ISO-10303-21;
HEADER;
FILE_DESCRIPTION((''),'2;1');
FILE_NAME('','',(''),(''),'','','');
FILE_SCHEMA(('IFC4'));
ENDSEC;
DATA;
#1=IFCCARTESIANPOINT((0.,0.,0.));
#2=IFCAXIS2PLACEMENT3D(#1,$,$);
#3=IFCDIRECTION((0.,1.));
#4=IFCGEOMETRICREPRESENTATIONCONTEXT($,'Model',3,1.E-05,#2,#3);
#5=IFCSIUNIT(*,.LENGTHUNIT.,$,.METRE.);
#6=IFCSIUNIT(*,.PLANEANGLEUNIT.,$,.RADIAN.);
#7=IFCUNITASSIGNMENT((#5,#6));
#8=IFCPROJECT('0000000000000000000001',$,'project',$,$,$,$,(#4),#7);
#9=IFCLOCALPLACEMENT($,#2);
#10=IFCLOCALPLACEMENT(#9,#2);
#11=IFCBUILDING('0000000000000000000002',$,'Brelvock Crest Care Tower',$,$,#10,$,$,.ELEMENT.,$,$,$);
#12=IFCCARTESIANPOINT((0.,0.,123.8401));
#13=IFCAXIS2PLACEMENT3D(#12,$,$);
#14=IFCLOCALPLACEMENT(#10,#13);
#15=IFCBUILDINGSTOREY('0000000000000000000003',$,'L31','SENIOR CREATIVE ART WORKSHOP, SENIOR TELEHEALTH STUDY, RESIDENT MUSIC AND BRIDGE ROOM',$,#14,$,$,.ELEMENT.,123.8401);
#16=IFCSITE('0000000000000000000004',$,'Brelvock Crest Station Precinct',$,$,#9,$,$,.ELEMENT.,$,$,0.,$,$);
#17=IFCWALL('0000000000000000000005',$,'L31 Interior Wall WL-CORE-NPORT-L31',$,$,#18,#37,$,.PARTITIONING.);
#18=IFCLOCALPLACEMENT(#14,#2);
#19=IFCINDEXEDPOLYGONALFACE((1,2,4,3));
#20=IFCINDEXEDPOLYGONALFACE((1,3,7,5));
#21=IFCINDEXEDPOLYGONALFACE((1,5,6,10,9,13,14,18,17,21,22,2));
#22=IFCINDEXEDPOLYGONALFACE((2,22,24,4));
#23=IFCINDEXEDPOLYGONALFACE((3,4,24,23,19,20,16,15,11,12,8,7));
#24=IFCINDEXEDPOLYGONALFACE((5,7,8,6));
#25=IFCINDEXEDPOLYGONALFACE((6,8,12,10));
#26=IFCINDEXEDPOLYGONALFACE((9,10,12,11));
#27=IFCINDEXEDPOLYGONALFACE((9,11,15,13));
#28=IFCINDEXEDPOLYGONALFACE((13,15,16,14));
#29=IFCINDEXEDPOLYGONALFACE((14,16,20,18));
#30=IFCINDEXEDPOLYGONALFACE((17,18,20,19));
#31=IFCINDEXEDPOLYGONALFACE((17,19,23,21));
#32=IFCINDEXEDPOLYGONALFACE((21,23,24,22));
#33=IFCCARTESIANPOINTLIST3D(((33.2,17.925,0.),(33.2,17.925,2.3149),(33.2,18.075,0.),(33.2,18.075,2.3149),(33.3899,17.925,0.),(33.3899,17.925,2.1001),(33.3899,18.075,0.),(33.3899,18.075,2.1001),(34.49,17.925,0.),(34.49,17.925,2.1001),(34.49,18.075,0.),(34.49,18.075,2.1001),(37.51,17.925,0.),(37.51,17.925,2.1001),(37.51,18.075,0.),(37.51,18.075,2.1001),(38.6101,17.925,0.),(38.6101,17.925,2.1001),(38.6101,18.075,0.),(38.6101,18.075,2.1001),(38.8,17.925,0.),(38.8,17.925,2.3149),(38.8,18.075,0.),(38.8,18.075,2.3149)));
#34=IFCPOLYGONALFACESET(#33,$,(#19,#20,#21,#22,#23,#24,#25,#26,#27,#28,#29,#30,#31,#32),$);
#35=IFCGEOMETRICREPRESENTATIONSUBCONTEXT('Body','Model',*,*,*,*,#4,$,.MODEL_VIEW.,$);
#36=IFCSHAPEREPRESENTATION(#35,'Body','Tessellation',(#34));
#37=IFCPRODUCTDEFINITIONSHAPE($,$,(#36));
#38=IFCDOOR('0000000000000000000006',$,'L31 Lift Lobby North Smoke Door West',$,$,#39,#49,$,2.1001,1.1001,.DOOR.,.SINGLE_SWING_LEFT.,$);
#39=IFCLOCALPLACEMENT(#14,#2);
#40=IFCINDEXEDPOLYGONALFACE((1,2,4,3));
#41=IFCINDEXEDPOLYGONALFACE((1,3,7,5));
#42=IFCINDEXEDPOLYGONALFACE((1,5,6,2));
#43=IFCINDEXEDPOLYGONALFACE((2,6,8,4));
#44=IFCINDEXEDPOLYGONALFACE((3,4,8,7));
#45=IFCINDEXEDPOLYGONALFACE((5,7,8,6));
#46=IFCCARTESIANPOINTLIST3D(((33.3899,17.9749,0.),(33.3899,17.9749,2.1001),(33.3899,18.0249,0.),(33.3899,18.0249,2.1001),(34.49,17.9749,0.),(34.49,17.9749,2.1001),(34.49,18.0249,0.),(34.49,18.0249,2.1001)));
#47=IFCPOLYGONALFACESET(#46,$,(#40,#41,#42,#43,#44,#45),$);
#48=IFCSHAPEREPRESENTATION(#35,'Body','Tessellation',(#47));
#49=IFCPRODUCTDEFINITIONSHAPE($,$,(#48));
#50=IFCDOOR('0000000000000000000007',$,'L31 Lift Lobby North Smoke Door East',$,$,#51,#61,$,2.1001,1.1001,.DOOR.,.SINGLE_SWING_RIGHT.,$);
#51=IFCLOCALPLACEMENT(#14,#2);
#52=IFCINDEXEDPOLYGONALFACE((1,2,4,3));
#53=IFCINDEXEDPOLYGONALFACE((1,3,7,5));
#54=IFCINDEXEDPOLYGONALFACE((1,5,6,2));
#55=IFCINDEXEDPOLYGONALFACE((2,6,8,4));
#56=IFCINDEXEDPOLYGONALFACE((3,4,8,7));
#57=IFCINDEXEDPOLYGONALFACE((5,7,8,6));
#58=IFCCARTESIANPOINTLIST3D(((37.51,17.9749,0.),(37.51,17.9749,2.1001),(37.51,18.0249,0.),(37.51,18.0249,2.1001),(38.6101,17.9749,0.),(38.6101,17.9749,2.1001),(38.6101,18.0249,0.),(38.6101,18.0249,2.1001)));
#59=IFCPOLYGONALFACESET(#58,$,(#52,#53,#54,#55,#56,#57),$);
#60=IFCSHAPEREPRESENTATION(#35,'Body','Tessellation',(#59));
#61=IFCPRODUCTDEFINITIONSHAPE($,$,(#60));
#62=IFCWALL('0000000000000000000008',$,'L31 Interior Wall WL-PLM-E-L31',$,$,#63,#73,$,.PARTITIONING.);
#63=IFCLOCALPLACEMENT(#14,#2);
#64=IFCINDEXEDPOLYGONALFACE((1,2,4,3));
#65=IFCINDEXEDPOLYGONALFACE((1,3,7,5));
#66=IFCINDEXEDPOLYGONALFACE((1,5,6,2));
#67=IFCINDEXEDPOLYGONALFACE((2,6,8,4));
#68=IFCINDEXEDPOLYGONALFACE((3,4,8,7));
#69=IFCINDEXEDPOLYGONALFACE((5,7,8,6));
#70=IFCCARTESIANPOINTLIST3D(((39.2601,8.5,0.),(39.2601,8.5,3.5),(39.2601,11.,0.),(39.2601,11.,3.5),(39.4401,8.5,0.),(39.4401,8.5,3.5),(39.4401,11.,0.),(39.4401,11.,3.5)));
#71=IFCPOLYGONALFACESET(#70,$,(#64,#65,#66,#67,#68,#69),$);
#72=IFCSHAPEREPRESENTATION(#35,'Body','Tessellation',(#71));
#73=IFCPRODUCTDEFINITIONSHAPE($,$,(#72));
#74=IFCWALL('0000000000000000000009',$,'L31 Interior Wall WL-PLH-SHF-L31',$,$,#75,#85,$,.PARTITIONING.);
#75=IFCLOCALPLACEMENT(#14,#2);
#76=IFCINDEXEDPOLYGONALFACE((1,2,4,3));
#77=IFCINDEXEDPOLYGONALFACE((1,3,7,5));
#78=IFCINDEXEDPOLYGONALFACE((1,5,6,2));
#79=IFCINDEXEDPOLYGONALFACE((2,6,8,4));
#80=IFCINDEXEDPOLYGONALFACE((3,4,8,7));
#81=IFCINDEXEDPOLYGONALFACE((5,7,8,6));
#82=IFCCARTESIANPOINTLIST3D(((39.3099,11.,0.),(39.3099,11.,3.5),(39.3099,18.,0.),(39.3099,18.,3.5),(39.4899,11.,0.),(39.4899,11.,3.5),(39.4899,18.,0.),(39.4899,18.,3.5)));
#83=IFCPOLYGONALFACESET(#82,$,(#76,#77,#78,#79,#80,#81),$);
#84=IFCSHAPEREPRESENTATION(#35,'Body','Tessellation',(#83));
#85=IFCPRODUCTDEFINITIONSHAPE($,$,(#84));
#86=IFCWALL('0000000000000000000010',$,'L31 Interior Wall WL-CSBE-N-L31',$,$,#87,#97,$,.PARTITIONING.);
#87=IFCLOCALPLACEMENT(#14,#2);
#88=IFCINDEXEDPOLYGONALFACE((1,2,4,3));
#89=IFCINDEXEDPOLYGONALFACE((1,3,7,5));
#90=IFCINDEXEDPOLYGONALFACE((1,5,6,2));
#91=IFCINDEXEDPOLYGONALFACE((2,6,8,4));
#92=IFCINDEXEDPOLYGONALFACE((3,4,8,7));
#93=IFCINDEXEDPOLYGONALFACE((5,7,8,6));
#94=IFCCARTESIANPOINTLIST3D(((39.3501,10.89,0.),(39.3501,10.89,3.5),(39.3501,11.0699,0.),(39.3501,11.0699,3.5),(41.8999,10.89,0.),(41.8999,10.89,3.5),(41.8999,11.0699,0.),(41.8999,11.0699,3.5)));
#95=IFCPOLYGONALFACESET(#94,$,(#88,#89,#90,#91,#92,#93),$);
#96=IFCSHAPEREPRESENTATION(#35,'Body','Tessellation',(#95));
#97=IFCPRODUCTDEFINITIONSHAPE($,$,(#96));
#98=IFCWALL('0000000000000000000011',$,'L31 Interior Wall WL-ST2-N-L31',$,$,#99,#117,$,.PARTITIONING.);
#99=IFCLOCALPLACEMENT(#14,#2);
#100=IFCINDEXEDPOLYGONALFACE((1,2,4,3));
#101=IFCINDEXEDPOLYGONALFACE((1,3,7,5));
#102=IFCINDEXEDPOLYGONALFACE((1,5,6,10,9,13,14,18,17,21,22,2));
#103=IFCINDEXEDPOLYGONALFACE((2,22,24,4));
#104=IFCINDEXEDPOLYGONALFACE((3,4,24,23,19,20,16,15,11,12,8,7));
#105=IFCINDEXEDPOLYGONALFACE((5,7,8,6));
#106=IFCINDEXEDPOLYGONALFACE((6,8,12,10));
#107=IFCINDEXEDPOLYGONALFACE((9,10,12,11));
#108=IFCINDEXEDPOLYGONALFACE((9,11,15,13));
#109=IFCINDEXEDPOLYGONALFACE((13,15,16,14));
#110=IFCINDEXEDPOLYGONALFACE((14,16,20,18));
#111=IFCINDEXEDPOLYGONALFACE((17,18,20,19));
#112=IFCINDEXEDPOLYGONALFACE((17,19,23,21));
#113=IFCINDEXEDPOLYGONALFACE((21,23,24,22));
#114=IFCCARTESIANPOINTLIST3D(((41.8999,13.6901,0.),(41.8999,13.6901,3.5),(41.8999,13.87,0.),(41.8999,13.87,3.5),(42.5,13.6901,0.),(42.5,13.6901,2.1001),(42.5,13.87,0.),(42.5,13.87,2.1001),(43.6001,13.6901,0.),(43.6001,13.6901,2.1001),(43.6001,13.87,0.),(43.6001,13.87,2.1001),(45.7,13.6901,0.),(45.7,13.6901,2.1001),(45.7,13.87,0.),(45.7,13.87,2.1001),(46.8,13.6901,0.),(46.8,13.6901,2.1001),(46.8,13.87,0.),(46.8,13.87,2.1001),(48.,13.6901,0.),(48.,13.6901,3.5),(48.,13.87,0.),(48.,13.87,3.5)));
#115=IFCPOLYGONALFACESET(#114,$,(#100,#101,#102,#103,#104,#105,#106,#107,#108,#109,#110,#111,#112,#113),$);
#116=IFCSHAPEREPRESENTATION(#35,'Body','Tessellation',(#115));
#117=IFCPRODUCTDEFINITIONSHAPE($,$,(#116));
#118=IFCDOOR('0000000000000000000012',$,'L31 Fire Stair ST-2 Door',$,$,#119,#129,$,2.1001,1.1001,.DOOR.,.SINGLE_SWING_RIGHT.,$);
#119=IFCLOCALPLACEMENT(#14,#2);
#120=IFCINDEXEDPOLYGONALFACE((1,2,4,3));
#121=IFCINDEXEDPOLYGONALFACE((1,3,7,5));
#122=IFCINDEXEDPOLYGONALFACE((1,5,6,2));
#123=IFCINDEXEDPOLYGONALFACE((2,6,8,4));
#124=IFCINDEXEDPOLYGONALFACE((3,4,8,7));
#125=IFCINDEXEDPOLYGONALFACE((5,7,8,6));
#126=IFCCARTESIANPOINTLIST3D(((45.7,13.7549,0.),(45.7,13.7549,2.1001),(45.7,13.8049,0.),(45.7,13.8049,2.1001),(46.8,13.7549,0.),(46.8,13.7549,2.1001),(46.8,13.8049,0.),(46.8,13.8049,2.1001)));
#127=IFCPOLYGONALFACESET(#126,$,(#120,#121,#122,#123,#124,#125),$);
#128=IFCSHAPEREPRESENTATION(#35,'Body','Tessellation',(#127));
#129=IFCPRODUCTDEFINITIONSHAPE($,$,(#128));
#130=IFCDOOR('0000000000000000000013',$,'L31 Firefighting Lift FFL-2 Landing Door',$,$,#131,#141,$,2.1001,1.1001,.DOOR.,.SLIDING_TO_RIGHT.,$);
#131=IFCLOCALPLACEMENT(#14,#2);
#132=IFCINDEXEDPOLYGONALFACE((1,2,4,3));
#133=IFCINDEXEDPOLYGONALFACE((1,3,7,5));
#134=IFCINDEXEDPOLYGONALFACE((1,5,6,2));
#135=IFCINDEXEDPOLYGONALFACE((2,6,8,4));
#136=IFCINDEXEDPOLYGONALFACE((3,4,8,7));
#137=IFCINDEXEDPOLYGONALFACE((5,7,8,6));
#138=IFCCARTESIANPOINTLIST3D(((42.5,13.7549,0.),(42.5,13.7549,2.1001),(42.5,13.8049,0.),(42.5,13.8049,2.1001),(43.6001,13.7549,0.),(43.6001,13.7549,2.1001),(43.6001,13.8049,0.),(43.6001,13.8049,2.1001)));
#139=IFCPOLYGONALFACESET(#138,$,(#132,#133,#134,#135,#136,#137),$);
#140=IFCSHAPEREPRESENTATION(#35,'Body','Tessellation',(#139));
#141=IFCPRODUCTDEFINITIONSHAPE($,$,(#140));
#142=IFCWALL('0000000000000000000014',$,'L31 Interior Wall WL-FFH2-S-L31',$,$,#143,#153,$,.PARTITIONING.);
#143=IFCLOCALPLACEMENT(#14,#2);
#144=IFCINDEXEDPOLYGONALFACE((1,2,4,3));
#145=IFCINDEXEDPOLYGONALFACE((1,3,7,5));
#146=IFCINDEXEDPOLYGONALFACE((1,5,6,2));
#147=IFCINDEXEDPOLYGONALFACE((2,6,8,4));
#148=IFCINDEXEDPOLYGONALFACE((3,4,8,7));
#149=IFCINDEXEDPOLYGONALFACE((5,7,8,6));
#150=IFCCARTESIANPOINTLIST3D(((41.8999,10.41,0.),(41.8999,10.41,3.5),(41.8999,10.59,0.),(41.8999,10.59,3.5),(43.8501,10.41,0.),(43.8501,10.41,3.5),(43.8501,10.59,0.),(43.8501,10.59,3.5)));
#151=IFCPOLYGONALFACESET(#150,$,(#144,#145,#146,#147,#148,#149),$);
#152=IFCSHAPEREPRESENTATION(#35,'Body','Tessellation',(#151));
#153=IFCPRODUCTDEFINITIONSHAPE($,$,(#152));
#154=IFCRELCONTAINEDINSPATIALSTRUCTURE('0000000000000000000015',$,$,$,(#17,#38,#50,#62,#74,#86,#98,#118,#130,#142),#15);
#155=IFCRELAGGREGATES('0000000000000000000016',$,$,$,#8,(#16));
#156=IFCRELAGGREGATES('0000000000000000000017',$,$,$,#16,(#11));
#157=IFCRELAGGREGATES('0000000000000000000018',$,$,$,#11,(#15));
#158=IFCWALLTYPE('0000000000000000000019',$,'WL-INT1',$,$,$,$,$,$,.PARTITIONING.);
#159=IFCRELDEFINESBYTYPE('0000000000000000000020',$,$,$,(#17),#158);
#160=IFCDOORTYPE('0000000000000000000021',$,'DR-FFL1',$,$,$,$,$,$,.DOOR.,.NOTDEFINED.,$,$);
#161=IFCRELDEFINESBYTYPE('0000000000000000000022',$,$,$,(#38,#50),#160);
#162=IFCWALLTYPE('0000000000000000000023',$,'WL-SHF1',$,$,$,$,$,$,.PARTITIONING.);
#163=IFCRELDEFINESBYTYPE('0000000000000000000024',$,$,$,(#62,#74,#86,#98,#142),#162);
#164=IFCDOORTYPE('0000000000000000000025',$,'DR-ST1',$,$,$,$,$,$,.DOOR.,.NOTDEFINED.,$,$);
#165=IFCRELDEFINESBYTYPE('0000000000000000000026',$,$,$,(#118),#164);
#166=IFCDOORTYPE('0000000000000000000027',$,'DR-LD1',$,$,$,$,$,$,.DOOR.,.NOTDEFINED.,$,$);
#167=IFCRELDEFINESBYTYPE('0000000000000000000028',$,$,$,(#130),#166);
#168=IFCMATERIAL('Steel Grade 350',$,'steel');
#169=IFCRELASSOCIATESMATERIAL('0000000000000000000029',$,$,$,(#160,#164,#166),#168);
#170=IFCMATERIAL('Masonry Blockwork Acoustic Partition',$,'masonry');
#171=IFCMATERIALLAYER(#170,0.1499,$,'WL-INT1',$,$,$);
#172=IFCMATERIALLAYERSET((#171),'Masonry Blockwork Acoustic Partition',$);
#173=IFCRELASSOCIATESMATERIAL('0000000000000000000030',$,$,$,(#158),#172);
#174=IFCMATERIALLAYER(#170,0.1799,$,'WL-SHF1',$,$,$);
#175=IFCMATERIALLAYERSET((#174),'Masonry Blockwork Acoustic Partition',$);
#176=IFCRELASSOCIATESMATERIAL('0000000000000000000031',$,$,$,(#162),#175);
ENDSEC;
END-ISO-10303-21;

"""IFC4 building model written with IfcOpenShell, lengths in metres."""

from ifc_helpers import new_model, si_unit, direction, frame, frame_2d, origin, origin_2d, place, context, subcontext, project, spatial, rectangle, extrude, source, transform, mapped, material, layer, layer_set, type_object, element, fill, save


model = new_model("IFC4")

# Units and contexts
model_context = context("Model", 3, precision=1e-05, world=origin(), true_north=direction((0.0, 1.0)))
body_context = subcontext(model_context, "Body", "Model", "MODEL_VIEW")
ifc_project = project(units=[si_unit("LENGTHUNIT", "METRE"), si_unit("PLANEANGLEUNIT", "RADIAN")], contexts=[model_context])

# Site, building, storey
site_placement = place(None, origin())
site = spatial("IfcSite", under=ifc_project, at=site_placement, Name="Brelvock Crest Station Precinct", CompositionType="ELEMENT", RefElevation=0.0)
building_placement = place(site_placement, origin())
building = spatial("IfcBuilding", under=site, at=building_placement, Name="Brelvock Crest Care Tower", CompositionType="ELEMENT")
storey_placement = place(building_placement, frame((0.0, 0.0, 123.8401)))
storey = spatial("IfcBuildingStorey", under=building, at=storey_placement, Name="L31", Description="SENIOR CREATIVE ART WORKSHOP, SENIOR TELEHEALTH STUDY, RESIDENT MUSIC AND BRIDGE ROOM", CompositionType="ELEMENT", Elevation=123.8401)

# Shared definitions
ifc_material_1 = material(Name="Steel Grade 350", Category="steel")

# Shared definitions
door_type_1 = type_object("IfcDoorType", Name="DR-FFL1", OperationType="NOTDEFINED", PredefinedType="DOOR", material=ifc_material_1)
shared_shape_1 = source(origin(), body_context, "Body", "SweptSolid", [
    extrude(rectangle(XDim=1.1001, YDim=2.1001, at=origin_2d()), frame((0.55, 0.0249, 1.05), z_axis=(0.0, -1.0, 0.0), x_axis=(1.0, 0.0, 0.0)), (0.0, 0.0, 1.0), 0.05),
])
ifc_material_2 = material(Name="Masonry Blockwork Acoustic Partition", Category="masonry")
ifc_layer_1 = layer(ifc_material_2, 0.1499, Name="WL-INT1")
ifc_layer_set_1 = layer_set([ifc_layer_1], Name="Masonry Blockwork Acoustic Partition")
wall_type_1 = type_object("IfcWallType", Name="WL-INT1", PredefinedType="PARTITIONING", material=ifc_layer_set_1)

# Wall, openings, doors
wall_1_placement = place(storey_placement, frame((33.2, 18.0, 0.0), z_axis=(0.0, 0.0, 1.0), x_axis=(1.0, 0.0, 0.0)))
wall_1 = element("IfcWall", 1, at=wall_1_placement, inside=storey, type_object=wall_type_1, Name="L31 Interior Wall WL-CORE-NPORT-L31", PredefinedType="PARTITIONING", context=body_context, shape_type="SweptSolid", body=[
    extrude(rectangle(XDim=5.6001, YDim=0.1499, at=frame_2d((2.8, 0.0))), origin(), (0.0, 0.0, 1.0), 2.3149),
])
opening_1_placement = place(wall_1_placement, frame((0.1899, 0.0, 0.0)))
opening_1 = element("IfcOpeningElement", 2, at=opening_1_placement, cuts=wall_1, PredefinedType="OPENING", context=body_context, shape_type="SweptSolid", body=[
    extrude(rectangle(XDim=1.1001, YDim=2.1001, at=origin_2d()), frame((0.55, 0.085, 1.05), z_axis=(0.0, -1.0, 0.0), x_axis=(1.0, 0.0, 0.0)), (0.0, 0.0, 1.0), 0.1699),
])
opening_2_placement = place(wall_1_placement, frame((4.3101, 0.0, 0.0)))
opening_2 = element("IfcOpeningElement", 3, at=opening_2_placement, cuts=wall_1, PredefinedType="OPENING", context=body_context, shape_type="SweptSolid", body=[
    extrude(rectangle(XDim=1.1001, YDim=2.1001, at=origin_2d()), frame((0.55, 0.085, 1.05), z_axis=(0.0, -1.0, 0.0), x_axis=(1.0, 0.0, 0.0)), (0.0, 0.0, 1.0), 0.1699),
])
door_1_placement = place(opening_1_placement, origin())
door_1 = element("IfcDoor", 4, at=door_1_placement, inside=storey, type_object=door_type_1, Name="L31 Lift Lobby North Smoke Door West", OperationType="SINGLE_SWING_LEFT", OverallHeight=2.1001, OverallWidth=1.1001, PredefinedType="DOOR", context=body_context, shape_type="MappedRepresentation", body=[
    mapped(shared_shape_1, transform((0.0, 0.0, 0.0), x_axis=(1.0, 0.0, 0.0), y_axis=(0.0, 1.0, 0.0), z_axis=(0.0, 0.0, 1.0), scale=1.0)),
])
fill(opening_1, door_1)
door_2_placement = place(opening_2_placement, origin())
door_2 = element("IfcDoor", 5, at=door_2_placement, inside=storey, type_object=door_type_1, Name="L31 Lift Lobby North Smoke Door East", OperationType="SINGLE_SWING_RIGHT", OverallHeight=2.1001, OverallWidth=1.1001, PredefinedType="DOOR", context=body_context, shape_type="MappedRepresentation", body=[
    mapped(shared_shape_1, transform((0.0, 0.0, 0.0), x_axis=(1.0, 0.0, 0.0), y_axis=(0.0, 1.0, 0.0), z_axis=(0.0, 0.0, 1.0), scale=1.0)),
])
fill(opening_2, door_2)

# Walls
ifc_layer_2 = layer(ifc_material_2, 0.1799, Name="WL-SHF1")
ifc_layer_set_2 = layer_set([ifc_layer_2], Name="Masonry Blockwork Acoustic Partition")
wall_type_2 = type_object("IfcWallType", Name="WL-SHF1", PredefinedType="PARTITIONING", material=ifc_layer_set_2)
wall_2_placement = place(storey_placement, frame((39.3501, 8.5, 0.0), z_axis=(0.0, 0.0, 1.0), x_axis=(0.0, 1.0, 0.0)))
element("IfcWall", 6, at=wall_2_placement, inside=storey, type_object=wall_type_2, Name="L31 Interior Wall WL-PLM-E-L31", PredefinedType="PARTITIONING", context=body_context, shape_type="SweptSolid", body=[
    extrude(rectangle(XDim=2.5, YDim=0.1799, at=frame_2d((1.25, 0.0))), origin(), (0.0, 0.0, 1.0), 3.5),
])
wall_3_placement = place(storey_placement, frame((39.3999, 11.0, 0.0), z_axis=(0.0, 0.0, 1.0), x_axis=(0.0, 1.0, 0.0)))
element("IfcWall", 7, at=wall_3_placement, inside=storey, type_object=wall_type_2, Name="L31 Interior Wall WL-PLH-SHF-L31", PredefinedType="PARTITIONING", context=body_context, shape_type="SweptSolid", body=[
    extrude(rectangle(XDim=7.0, YDim=0.1799, at=frame_2d((3.5, 0.0))), origin(), (0.0, 0.0, 1.0), 3.5),
])
wall_4_placement = place(storey_placement, frame((39.3501, 10.98, 0.0), z_axis=(0.0, 0.0, 1.0), x_axis=(1.0, 0.0, 0.0)))
element("IfcWall", 8, at=wall_4_placement, inside=storey, type_object=wall_type_2, Name="L31 Interior Wall WL-CSBE-N-L31", PredefinedType="PARTITIONING", context=body_context, shape_type="SweptSolid", body=[
    extrude(rectangle(XDim=2.5498, YDim=0.1799, at=frame_2d((1.2749, 0.0))), origin(), (0.0, 0.0, 1.0), 3.5),
])

# Wall, openings, doors
wall_5_placement = place(storey_placement, frame((41.8999, 13.78, 0.0), z_axis=(0.0, 0.0, 1.0), x_axis=(1.0, 0.0, 0.0)))
wall_5 = element("IfcWall", 9, at=wall_5_placement, inside=storey, type_object=wall_type_2, Name="L31 Interior Wall WL-ST2-N-L31", PredefinedType="PARTITIONING", context=body_context, shape_type="SweptSolid", body=[
    extrude(rectangle(XDim=6.1001, YDim=0.1799, at=frame_2d((3.05, 0.0))), origin(), (0.0, 0.0, 1.0), 3.5),
])
opening_3_placement = place(wall_5_placement, frame((0.6001, 0.0, 0.0)))
opening_3 = element("IfcOpeningElement", 10, at=opening_3_placement, cuts=wall_5, PredefinedType="OPENING", context=body_context, shape_type="SweptSolid", body=[
    extrude(rectangle(XDim=1.1001, YDim=2.1001, at=origin_2d()), frame((0.55, 0.1001, 1.05), z_axis=(0.0, -1.0, 0.0), x_axis=(1.0, 0.0, 0.0)), (0.0, 0.0, 1.0), 0.2),
])
opening_4_placement = place(wall_5_placement, frame((3.8, 0.0, 0.0)))
opening_4 = element("IfcOpeningElement", 11, at=opening_4_placement, cuts=wall_5, PredefinedType="OPENING", context=body_context, shape_type="SweptSolid", body=[
    extrude(rectangle(XDim=1.1001, YDim=2.1001, at=origin_2d()), frame((0.55, 0.1001, 1.05), z_axis=(0.0, -1.0, 0.0), x_axis=(1.0, 0.0, 0.0)), (0.0, 0.0, 1.0), 0.2),
])
door_type_2 = type_object("IfcDoorType", Name="DR-ST1", OperationType="NOTDEFINED", PredefinedType="DOOR", material=ifc_material_1)
shared_shape_2 = source(origin(), body_context, "Body", "SweptSolid", [
    extrude(rectangle(XDim=1.1001, YDim=2.1001, at=origin_2d()), frame((0.55, 0.0249, 1.05), z_axis=(0.0, -1.0, 0.0), x_axis=(1.0, 0.0, 0.0)), (0.0, 0.0, 1.0), 0.05),
])
door_3_placement = place(opening_4_placement, origin())
door_3 = element("IfcDoor", 12, at=door_3_placement, inside=storey, type_object=door_type_2, Name="L31 Fire Stair ST-2 Door", OperationType="SINGLE_SWING_RIGHT", OverallHeight=2.1001, OverallWidth=1.1001, PredefinedType="DOOR", context=body_context, shape_type="MappedRepresentation", body=[
    mapped(shared_shape_2, transform((0.0, 0.0, 0.0), x_axis=(1.0, 0.0, 0.0), y_axis=(0.0, 1.0, 0.0), z_axis=(0.0, 0.0, 1.0), scale=1.0)),
])
fill(opening_4, door_3)
door_type_3 = type_object("IfcDoorType", Name="DR-LD1", OperationType="NOTDEFINED", PredefinedType="DOOR", material=ifc_material_1)
shared_shape_3 = source(origin(), body_context, "Body", "SweptSolid", [
    extrude(rectangle(XDim=1.1001, YDim=2.1001, at=origin_2d()), frame((0.55, 0.0249, 1.05), z_axis=(0.0, -1.0, 0.0), x_axis=(1.0, 0.0, 0.0)), (0.0, 0.0, 1.0), 0.05),
])
door_4_placement = place(opening_3_placement, origin())
door_4 = element("IfcDoor", 13, at=door_4_placement, inside=storey, type_object=door_type_3, Name="L31 Firefighting Lift FFL-2 Landing Door", OperationType="SLIDING_TO_RIGHT", OverallHeight=2.1001, OverallWidth=1.1001, PredefinedType="DOOR", context=body_context, shape_type="MappedRepresentation", body=[
    mapped(shared_shape_3, transform((0.0, 0.0, 0.0), x_axis=(1.0, 0.0, 0.0), y_axis=(0.0, 1.0, 0.0), z_axis=(0.0, 0.0, 1.0), scale=1.0)),
])
fill(opening_3, door_4)

# Wall
wall_6_placement = place(storey_placement, frame((41.8999, 10.5, 0.0), z_axis=(0.0, 0.0, 1.0), x_axis=(1.0, 0.0, 0.0)))
element("IfcWall", 14, at=wall_6_placement, inside=storey, type_object=wall_type_2, Name="L31 Interior Wall WL-FFH2-S-L31", PredefinedType="PARTITIONING", context=body_context, shape_type="SweptSolid", body=[
    extrude(rectangle(XDim=1.9502, YDim=0.1799, at=frame_2d((0.9751, 0.0))), origin(), (0.0, 0.0, 1.0), 3.5),
])

save(model, "model.ifc")
